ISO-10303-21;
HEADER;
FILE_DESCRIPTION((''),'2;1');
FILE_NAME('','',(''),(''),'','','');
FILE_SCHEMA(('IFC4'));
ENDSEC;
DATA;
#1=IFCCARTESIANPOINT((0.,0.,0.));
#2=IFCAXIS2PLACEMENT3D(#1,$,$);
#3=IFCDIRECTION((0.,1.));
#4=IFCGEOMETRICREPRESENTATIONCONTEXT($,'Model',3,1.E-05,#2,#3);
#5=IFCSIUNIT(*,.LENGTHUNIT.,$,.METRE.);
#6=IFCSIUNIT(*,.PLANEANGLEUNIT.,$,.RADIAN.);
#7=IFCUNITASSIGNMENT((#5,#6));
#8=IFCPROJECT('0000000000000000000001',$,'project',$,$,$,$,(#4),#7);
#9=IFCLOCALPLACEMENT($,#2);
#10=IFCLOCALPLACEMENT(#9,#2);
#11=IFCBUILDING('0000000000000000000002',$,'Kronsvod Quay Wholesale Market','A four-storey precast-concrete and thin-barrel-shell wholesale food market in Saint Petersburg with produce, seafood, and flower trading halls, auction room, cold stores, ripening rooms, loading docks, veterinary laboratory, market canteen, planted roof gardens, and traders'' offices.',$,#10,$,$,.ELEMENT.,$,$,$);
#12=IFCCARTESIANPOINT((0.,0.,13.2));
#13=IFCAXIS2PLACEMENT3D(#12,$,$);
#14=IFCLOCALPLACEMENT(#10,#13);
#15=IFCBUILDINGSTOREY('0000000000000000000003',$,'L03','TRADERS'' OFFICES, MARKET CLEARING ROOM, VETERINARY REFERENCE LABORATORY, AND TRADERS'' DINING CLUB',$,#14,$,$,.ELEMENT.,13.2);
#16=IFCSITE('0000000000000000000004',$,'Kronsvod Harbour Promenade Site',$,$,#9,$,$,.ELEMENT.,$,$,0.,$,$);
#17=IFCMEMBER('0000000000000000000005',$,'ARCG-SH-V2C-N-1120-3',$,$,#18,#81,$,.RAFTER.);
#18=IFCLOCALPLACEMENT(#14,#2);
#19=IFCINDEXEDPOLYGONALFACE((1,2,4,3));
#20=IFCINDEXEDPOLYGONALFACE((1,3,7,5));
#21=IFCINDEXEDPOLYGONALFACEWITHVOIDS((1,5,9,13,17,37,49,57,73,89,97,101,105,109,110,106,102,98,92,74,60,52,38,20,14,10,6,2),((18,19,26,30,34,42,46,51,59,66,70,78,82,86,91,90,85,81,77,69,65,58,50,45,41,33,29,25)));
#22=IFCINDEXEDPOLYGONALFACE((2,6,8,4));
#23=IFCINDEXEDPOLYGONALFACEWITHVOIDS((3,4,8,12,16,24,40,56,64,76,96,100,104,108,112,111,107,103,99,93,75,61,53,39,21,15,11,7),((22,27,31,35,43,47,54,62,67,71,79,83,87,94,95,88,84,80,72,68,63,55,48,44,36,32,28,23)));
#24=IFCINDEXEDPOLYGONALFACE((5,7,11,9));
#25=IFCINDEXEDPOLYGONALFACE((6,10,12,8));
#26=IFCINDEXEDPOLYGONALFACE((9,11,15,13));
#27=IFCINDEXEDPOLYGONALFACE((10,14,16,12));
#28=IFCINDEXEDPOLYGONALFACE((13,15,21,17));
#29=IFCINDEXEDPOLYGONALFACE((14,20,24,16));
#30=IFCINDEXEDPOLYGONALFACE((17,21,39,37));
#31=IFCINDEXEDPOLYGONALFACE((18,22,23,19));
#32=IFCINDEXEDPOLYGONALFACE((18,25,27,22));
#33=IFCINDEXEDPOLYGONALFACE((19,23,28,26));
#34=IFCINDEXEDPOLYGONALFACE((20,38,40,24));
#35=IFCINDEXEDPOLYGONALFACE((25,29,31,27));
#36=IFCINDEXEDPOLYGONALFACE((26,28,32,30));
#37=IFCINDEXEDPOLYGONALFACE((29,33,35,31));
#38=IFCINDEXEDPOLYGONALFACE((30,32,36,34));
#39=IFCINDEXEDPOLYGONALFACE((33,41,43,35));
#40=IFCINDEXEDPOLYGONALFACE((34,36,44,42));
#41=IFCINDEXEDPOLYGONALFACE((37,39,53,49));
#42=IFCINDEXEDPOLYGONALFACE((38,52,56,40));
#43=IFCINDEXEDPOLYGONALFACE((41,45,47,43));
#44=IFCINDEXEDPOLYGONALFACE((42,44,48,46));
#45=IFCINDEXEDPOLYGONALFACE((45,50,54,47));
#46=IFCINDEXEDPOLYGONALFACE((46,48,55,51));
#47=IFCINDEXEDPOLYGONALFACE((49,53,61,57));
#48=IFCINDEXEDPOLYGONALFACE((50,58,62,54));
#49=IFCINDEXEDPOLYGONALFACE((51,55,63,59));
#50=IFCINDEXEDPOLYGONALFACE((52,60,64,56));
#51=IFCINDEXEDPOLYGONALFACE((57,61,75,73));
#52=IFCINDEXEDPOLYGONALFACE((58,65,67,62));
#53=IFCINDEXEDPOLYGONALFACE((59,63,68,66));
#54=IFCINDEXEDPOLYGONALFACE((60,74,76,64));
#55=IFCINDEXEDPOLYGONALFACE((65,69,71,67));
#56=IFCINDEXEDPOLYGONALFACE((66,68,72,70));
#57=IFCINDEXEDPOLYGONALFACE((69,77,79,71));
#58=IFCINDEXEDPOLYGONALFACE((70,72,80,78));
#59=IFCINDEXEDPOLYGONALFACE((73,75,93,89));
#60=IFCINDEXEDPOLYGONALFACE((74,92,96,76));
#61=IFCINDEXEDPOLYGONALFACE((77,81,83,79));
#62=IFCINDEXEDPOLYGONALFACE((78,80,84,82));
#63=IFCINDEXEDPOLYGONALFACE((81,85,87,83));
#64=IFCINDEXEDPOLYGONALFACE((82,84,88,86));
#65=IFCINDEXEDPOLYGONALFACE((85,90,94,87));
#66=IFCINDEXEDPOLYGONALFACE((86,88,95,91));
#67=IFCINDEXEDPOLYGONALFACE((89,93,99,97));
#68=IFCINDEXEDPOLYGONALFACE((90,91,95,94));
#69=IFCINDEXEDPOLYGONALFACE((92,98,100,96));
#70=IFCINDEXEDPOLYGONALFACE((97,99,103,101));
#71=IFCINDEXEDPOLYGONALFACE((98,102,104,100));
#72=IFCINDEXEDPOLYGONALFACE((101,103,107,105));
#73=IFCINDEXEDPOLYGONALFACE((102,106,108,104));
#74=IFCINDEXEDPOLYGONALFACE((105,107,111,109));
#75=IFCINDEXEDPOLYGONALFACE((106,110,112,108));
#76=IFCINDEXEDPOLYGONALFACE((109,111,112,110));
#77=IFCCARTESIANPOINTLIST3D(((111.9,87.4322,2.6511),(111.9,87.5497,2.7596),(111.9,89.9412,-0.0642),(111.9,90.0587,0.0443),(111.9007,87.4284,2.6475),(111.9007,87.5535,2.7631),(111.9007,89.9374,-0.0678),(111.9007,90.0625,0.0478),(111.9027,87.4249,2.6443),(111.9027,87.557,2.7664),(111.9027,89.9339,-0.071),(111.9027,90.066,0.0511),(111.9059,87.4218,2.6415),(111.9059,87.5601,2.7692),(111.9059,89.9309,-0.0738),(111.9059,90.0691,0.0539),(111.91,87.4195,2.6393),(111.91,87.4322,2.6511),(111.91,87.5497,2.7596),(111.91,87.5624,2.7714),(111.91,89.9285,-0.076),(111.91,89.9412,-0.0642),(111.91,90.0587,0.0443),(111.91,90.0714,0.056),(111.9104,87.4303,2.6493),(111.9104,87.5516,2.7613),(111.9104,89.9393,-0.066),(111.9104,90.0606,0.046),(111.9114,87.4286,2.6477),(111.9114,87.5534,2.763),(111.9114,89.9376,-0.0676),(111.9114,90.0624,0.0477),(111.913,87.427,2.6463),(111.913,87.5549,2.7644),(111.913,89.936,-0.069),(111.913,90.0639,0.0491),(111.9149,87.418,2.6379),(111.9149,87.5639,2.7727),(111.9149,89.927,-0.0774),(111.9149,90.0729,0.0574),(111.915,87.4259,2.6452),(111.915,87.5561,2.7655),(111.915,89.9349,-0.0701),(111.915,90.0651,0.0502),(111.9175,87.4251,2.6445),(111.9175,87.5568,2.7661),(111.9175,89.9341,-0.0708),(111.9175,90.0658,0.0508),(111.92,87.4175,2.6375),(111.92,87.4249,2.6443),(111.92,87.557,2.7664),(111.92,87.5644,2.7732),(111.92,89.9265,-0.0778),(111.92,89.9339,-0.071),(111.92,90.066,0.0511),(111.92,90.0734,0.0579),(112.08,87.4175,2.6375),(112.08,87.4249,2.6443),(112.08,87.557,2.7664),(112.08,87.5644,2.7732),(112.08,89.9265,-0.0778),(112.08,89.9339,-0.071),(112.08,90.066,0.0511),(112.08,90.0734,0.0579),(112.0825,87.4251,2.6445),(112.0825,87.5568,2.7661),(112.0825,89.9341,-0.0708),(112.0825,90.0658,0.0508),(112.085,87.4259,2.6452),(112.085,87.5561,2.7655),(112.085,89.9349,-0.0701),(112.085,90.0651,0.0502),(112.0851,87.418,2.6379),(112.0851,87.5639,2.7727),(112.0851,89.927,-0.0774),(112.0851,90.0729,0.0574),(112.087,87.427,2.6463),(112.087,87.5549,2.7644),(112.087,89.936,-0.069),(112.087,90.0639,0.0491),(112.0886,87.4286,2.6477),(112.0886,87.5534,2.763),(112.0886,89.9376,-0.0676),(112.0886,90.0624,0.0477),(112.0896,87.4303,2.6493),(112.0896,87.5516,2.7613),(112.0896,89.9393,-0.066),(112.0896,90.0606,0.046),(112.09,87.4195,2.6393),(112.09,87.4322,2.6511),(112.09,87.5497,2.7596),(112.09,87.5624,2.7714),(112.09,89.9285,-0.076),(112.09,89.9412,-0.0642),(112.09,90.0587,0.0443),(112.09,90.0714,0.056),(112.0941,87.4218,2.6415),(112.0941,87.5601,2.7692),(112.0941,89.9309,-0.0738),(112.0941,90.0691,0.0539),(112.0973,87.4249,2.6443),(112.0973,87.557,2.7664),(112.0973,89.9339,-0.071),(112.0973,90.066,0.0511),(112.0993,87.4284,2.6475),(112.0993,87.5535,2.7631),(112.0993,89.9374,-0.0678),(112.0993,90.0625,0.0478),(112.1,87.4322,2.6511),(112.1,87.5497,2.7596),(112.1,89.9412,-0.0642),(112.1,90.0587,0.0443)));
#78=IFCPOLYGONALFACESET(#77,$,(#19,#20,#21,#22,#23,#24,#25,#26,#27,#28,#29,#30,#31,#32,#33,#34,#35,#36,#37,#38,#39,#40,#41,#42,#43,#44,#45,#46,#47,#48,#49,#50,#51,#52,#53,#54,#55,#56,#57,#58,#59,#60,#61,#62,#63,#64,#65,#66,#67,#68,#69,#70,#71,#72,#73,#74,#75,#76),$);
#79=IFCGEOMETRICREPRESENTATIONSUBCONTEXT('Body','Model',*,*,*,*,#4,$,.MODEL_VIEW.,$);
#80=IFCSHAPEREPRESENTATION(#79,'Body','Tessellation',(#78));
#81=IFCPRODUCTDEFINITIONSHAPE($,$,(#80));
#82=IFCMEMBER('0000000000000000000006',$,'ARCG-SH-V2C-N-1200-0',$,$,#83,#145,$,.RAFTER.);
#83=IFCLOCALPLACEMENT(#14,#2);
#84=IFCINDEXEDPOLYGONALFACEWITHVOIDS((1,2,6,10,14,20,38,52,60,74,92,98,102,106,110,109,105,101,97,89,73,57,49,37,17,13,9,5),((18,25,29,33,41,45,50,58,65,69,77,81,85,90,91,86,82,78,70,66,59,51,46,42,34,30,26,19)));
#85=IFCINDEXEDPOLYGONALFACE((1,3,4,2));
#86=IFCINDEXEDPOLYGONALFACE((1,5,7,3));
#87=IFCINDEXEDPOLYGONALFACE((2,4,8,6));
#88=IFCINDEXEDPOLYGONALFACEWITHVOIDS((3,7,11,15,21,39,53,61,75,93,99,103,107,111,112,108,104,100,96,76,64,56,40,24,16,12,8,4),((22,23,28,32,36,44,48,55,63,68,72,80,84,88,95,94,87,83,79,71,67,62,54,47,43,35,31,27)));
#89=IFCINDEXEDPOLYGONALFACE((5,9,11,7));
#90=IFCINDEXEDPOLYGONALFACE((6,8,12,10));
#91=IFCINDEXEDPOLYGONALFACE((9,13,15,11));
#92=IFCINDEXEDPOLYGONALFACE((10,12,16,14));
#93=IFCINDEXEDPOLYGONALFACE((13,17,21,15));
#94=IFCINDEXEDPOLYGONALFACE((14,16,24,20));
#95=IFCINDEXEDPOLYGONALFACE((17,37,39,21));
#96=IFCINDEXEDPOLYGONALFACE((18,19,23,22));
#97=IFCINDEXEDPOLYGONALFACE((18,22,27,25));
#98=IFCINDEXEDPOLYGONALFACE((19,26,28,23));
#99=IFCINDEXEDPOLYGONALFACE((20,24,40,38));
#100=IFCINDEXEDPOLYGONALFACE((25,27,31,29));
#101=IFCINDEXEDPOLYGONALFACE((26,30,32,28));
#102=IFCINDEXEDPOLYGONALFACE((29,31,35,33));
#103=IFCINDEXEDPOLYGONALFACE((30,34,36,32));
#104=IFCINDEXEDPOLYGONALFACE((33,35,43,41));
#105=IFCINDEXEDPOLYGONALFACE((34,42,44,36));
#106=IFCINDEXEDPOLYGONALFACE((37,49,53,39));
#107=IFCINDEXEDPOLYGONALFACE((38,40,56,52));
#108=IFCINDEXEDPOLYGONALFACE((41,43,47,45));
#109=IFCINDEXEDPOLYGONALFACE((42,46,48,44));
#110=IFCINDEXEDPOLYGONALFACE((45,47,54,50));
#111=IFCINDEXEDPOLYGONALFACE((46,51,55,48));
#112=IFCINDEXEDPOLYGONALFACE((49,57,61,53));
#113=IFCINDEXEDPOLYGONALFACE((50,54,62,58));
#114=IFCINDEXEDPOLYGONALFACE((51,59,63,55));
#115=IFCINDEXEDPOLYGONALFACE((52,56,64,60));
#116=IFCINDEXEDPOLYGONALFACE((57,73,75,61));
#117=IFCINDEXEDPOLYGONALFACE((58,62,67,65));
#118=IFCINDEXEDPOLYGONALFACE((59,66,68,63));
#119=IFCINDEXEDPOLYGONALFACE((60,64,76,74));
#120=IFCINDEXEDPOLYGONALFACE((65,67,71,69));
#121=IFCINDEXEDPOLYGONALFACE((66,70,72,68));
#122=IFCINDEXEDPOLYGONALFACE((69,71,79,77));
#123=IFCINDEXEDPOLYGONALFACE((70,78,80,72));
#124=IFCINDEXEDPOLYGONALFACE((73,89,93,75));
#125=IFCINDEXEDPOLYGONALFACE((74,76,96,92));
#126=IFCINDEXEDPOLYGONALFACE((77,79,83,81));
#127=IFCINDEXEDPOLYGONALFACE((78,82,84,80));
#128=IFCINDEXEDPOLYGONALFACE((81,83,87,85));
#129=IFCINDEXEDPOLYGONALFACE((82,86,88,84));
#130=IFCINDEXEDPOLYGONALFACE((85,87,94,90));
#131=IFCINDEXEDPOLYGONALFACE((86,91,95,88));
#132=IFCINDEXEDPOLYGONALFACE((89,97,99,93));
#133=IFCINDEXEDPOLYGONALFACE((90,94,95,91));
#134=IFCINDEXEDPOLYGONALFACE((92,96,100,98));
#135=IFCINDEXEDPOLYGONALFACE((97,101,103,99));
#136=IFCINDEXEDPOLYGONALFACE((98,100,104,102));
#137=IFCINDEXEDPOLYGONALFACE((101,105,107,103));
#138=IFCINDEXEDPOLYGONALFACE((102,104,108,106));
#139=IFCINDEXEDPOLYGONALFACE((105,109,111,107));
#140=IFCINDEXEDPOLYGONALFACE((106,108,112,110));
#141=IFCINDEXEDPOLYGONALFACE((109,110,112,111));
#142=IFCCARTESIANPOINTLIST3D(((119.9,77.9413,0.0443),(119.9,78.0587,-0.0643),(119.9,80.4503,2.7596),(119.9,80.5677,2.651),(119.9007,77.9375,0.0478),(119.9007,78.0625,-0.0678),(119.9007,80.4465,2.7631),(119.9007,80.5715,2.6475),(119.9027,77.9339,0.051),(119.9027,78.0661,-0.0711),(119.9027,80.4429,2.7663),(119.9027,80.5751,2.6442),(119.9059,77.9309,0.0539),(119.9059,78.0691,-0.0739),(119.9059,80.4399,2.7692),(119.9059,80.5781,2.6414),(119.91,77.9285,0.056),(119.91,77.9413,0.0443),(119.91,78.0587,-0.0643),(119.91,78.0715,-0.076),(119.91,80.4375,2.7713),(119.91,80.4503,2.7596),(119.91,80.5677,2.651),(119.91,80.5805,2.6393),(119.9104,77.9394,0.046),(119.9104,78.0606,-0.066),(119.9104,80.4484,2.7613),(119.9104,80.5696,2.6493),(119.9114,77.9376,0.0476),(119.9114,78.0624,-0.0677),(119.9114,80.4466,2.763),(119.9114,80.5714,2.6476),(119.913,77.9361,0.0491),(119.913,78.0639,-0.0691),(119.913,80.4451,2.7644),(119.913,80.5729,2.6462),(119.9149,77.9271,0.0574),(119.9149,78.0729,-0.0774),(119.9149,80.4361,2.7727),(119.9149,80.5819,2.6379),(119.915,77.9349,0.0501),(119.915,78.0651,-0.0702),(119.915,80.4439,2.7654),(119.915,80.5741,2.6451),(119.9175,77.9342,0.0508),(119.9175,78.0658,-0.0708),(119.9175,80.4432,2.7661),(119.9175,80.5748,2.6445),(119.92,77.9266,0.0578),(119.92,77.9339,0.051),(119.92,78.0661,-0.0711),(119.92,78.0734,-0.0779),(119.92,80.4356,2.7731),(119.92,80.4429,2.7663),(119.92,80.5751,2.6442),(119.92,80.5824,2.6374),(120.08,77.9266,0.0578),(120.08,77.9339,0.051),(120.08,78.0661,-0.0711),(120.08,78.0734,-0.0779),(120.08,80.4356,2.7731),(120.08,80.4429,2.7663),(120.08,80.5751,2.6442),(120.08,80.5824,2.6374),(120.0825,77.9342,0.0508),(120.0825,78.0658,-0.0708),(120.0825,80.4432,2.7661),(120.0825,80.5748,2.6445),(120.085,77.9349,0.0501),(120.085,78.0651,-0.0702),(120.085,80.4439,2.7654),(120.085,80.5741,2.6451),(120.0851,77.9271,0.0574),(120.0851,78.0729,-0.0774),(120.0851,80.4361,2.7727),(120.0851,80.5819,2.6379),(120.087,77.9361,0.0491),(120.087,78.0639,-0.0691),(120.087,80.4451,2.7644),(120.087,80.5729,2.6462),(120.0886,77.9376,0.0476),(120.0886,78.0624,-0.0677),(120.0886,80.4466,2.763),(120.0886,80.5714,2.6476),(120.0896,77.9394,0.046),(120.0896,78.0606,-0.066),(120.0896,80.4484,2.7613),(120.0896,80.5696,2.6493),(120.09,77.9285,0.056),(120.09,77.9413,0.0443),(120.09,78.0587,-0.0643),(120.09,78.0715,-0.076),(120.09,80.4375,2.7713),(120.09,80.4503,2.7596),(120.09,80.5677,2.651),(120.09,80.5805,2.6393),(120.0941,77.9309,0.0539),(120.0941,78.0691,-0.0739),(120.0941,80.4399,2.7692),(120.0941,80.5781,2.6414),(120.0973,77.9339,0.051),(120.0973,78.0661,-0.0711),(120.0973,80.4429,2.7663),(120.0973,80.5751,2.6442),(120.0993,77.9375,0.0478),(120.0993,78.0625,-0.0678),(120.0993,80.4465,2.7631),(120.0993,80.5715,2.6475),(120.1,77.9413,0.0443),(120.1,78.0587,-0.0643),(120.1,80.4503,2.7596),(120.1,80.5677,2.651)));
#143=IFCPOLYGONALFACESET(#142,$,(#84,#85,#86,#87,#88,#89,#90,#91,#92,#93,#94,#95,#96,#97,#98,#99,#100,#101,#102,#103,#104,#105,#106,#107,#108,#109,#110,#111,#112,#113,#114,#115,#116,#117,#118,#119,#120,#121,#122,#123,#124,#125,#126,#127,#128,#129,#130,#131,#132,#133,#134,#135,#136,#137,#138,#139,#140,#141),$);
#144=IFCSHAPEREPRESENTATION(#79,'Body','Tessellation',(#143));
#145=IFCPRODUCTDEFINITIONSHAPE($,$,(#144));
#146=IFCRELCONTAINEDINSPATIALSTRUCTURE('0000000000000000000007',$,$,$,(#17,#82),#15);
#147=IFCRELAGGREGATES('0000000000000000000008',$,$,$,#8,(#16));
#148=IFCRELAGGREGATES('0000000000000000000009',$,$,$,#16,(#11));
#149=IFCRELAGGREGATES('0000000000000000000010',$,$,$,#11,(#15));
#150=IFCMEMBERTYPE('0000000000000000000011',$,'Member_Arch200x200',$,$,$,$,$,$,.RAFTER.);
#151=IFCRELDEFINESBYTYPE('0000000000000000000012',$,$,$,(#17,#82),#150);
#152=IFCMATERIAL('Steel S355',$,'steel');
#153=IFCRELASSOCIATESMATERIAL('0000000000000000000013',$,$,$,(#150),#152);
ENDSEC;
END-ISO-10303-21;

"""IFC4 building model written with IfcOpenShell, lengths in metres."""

from ifc_helpers import new_model, si_unit, direction, frame, origin, origin_2d, place, context, subcontext, project, spatial, hollow_rectangle, extrude, material, material_profile, profile_set, type_object, element, save


model = new_model("IFC4")

# Units and contexts
model_context = context("Model", 3, precision=1e-05, world=origin(), true_north=direction((0.0, 1.0)))
body_context = subcontext(model_context, "Body", "Model", "MODEL_VIEW")
ifc_project = project(units=[si_unit("LENGTHUNIT", "METRE"), si_unit("PLANEANGLEUNIT", "RADIAN")], contexts=[model_context])

# Site, building, storey
site_placement = place(None, origin())
site = spatial("IfcSite", under=ifc_project, at=site_placement, Name="Kronsvod Harbour Promenade Site", CompositionType="ELEMENT", RefElevation=0.0)
building_placement = place(site_placement, origin())
building = spatial("IfcBuilding", under=site, at=building_placement, Name="Kronsvod Quay Wholesale Market", Description="A four-storey precast-concrete and thin-barrel-shell wholesale food market in Saint Petersburg with produce, seafood, and flower trading halls, auction room, cold stores, ripening rooms, loading docks, veterinary laboratory, market canteen, planted roof gardens, and traders' offices.", CompositionType="ELEMENT")
storey_placement = place(building_placement, frame((0.0, 0.0, 13.2)))
storey = spatial("IfcBuildingStorey", under=building, at=storey_placement, Name="L03", Description="TRADERS' OFFICES, MARKET CLEARING ROOM, VETERINARY REFERENCE LABORATORY, AND TRADERS' DINING CLUB", CompositionType="ELEMENT", Elevation=13.2)

# Members
ifc_material_1 = material(Name="Steel S355", Category="steel")
ifc_material_profile_1 = material_profile(ifc_material_1, hollow_rectangle(XDim=0.2, YDim=0.2, WallThickness=0.01, InnerFilletRadius=0.01, OuterFilletRadius=0.02, at=origin_2d()), Name="RHS200x200x10")
ifc_profile_set_1 = profile_set([ifc_material_profile_1], Name="Steel S355")
member_type_1 = type_object("IfcMemberType", Name="Member_Arch200x200", PredefinedType="RAFTER", material=ifc_profile_set_1)
for number, where, z_axis, x_axis, name in (
    (1, (112.0, 87.491, 2.7053), (0.0, 0.678656, -0.734456), (-1.0, 0.0, 0.0), "ARCG-SH-V2C-N-1120-3"),
    (2, (120.0, 78.0, -0.01), (0.0, 0.678656, 0.734456), (-1.0, 0.0, 0.0), "ARCG-SH-V2C-N-1200-0"),
):
    element("IfcMember", number, at=place(storey_placement, frame(where, z_axis=z_axis, x_axis=x_axis)), inside=storey, type_object=member_type_1, Name=name, PredefinedType="RAFTER", context=body_context, shape_type="SweptSolid", body=[
        extrude(hollow_rectangle(XDim=0.2, YDim=0.2, WallThickness=0.01, InnerFilletRadius=0.01, OuterFilletRadius=0.02, at=origin_2d()), origin(), (0.0, 0.0, 1.0), 3.697),
    ])

save(model, "model.ifc")
